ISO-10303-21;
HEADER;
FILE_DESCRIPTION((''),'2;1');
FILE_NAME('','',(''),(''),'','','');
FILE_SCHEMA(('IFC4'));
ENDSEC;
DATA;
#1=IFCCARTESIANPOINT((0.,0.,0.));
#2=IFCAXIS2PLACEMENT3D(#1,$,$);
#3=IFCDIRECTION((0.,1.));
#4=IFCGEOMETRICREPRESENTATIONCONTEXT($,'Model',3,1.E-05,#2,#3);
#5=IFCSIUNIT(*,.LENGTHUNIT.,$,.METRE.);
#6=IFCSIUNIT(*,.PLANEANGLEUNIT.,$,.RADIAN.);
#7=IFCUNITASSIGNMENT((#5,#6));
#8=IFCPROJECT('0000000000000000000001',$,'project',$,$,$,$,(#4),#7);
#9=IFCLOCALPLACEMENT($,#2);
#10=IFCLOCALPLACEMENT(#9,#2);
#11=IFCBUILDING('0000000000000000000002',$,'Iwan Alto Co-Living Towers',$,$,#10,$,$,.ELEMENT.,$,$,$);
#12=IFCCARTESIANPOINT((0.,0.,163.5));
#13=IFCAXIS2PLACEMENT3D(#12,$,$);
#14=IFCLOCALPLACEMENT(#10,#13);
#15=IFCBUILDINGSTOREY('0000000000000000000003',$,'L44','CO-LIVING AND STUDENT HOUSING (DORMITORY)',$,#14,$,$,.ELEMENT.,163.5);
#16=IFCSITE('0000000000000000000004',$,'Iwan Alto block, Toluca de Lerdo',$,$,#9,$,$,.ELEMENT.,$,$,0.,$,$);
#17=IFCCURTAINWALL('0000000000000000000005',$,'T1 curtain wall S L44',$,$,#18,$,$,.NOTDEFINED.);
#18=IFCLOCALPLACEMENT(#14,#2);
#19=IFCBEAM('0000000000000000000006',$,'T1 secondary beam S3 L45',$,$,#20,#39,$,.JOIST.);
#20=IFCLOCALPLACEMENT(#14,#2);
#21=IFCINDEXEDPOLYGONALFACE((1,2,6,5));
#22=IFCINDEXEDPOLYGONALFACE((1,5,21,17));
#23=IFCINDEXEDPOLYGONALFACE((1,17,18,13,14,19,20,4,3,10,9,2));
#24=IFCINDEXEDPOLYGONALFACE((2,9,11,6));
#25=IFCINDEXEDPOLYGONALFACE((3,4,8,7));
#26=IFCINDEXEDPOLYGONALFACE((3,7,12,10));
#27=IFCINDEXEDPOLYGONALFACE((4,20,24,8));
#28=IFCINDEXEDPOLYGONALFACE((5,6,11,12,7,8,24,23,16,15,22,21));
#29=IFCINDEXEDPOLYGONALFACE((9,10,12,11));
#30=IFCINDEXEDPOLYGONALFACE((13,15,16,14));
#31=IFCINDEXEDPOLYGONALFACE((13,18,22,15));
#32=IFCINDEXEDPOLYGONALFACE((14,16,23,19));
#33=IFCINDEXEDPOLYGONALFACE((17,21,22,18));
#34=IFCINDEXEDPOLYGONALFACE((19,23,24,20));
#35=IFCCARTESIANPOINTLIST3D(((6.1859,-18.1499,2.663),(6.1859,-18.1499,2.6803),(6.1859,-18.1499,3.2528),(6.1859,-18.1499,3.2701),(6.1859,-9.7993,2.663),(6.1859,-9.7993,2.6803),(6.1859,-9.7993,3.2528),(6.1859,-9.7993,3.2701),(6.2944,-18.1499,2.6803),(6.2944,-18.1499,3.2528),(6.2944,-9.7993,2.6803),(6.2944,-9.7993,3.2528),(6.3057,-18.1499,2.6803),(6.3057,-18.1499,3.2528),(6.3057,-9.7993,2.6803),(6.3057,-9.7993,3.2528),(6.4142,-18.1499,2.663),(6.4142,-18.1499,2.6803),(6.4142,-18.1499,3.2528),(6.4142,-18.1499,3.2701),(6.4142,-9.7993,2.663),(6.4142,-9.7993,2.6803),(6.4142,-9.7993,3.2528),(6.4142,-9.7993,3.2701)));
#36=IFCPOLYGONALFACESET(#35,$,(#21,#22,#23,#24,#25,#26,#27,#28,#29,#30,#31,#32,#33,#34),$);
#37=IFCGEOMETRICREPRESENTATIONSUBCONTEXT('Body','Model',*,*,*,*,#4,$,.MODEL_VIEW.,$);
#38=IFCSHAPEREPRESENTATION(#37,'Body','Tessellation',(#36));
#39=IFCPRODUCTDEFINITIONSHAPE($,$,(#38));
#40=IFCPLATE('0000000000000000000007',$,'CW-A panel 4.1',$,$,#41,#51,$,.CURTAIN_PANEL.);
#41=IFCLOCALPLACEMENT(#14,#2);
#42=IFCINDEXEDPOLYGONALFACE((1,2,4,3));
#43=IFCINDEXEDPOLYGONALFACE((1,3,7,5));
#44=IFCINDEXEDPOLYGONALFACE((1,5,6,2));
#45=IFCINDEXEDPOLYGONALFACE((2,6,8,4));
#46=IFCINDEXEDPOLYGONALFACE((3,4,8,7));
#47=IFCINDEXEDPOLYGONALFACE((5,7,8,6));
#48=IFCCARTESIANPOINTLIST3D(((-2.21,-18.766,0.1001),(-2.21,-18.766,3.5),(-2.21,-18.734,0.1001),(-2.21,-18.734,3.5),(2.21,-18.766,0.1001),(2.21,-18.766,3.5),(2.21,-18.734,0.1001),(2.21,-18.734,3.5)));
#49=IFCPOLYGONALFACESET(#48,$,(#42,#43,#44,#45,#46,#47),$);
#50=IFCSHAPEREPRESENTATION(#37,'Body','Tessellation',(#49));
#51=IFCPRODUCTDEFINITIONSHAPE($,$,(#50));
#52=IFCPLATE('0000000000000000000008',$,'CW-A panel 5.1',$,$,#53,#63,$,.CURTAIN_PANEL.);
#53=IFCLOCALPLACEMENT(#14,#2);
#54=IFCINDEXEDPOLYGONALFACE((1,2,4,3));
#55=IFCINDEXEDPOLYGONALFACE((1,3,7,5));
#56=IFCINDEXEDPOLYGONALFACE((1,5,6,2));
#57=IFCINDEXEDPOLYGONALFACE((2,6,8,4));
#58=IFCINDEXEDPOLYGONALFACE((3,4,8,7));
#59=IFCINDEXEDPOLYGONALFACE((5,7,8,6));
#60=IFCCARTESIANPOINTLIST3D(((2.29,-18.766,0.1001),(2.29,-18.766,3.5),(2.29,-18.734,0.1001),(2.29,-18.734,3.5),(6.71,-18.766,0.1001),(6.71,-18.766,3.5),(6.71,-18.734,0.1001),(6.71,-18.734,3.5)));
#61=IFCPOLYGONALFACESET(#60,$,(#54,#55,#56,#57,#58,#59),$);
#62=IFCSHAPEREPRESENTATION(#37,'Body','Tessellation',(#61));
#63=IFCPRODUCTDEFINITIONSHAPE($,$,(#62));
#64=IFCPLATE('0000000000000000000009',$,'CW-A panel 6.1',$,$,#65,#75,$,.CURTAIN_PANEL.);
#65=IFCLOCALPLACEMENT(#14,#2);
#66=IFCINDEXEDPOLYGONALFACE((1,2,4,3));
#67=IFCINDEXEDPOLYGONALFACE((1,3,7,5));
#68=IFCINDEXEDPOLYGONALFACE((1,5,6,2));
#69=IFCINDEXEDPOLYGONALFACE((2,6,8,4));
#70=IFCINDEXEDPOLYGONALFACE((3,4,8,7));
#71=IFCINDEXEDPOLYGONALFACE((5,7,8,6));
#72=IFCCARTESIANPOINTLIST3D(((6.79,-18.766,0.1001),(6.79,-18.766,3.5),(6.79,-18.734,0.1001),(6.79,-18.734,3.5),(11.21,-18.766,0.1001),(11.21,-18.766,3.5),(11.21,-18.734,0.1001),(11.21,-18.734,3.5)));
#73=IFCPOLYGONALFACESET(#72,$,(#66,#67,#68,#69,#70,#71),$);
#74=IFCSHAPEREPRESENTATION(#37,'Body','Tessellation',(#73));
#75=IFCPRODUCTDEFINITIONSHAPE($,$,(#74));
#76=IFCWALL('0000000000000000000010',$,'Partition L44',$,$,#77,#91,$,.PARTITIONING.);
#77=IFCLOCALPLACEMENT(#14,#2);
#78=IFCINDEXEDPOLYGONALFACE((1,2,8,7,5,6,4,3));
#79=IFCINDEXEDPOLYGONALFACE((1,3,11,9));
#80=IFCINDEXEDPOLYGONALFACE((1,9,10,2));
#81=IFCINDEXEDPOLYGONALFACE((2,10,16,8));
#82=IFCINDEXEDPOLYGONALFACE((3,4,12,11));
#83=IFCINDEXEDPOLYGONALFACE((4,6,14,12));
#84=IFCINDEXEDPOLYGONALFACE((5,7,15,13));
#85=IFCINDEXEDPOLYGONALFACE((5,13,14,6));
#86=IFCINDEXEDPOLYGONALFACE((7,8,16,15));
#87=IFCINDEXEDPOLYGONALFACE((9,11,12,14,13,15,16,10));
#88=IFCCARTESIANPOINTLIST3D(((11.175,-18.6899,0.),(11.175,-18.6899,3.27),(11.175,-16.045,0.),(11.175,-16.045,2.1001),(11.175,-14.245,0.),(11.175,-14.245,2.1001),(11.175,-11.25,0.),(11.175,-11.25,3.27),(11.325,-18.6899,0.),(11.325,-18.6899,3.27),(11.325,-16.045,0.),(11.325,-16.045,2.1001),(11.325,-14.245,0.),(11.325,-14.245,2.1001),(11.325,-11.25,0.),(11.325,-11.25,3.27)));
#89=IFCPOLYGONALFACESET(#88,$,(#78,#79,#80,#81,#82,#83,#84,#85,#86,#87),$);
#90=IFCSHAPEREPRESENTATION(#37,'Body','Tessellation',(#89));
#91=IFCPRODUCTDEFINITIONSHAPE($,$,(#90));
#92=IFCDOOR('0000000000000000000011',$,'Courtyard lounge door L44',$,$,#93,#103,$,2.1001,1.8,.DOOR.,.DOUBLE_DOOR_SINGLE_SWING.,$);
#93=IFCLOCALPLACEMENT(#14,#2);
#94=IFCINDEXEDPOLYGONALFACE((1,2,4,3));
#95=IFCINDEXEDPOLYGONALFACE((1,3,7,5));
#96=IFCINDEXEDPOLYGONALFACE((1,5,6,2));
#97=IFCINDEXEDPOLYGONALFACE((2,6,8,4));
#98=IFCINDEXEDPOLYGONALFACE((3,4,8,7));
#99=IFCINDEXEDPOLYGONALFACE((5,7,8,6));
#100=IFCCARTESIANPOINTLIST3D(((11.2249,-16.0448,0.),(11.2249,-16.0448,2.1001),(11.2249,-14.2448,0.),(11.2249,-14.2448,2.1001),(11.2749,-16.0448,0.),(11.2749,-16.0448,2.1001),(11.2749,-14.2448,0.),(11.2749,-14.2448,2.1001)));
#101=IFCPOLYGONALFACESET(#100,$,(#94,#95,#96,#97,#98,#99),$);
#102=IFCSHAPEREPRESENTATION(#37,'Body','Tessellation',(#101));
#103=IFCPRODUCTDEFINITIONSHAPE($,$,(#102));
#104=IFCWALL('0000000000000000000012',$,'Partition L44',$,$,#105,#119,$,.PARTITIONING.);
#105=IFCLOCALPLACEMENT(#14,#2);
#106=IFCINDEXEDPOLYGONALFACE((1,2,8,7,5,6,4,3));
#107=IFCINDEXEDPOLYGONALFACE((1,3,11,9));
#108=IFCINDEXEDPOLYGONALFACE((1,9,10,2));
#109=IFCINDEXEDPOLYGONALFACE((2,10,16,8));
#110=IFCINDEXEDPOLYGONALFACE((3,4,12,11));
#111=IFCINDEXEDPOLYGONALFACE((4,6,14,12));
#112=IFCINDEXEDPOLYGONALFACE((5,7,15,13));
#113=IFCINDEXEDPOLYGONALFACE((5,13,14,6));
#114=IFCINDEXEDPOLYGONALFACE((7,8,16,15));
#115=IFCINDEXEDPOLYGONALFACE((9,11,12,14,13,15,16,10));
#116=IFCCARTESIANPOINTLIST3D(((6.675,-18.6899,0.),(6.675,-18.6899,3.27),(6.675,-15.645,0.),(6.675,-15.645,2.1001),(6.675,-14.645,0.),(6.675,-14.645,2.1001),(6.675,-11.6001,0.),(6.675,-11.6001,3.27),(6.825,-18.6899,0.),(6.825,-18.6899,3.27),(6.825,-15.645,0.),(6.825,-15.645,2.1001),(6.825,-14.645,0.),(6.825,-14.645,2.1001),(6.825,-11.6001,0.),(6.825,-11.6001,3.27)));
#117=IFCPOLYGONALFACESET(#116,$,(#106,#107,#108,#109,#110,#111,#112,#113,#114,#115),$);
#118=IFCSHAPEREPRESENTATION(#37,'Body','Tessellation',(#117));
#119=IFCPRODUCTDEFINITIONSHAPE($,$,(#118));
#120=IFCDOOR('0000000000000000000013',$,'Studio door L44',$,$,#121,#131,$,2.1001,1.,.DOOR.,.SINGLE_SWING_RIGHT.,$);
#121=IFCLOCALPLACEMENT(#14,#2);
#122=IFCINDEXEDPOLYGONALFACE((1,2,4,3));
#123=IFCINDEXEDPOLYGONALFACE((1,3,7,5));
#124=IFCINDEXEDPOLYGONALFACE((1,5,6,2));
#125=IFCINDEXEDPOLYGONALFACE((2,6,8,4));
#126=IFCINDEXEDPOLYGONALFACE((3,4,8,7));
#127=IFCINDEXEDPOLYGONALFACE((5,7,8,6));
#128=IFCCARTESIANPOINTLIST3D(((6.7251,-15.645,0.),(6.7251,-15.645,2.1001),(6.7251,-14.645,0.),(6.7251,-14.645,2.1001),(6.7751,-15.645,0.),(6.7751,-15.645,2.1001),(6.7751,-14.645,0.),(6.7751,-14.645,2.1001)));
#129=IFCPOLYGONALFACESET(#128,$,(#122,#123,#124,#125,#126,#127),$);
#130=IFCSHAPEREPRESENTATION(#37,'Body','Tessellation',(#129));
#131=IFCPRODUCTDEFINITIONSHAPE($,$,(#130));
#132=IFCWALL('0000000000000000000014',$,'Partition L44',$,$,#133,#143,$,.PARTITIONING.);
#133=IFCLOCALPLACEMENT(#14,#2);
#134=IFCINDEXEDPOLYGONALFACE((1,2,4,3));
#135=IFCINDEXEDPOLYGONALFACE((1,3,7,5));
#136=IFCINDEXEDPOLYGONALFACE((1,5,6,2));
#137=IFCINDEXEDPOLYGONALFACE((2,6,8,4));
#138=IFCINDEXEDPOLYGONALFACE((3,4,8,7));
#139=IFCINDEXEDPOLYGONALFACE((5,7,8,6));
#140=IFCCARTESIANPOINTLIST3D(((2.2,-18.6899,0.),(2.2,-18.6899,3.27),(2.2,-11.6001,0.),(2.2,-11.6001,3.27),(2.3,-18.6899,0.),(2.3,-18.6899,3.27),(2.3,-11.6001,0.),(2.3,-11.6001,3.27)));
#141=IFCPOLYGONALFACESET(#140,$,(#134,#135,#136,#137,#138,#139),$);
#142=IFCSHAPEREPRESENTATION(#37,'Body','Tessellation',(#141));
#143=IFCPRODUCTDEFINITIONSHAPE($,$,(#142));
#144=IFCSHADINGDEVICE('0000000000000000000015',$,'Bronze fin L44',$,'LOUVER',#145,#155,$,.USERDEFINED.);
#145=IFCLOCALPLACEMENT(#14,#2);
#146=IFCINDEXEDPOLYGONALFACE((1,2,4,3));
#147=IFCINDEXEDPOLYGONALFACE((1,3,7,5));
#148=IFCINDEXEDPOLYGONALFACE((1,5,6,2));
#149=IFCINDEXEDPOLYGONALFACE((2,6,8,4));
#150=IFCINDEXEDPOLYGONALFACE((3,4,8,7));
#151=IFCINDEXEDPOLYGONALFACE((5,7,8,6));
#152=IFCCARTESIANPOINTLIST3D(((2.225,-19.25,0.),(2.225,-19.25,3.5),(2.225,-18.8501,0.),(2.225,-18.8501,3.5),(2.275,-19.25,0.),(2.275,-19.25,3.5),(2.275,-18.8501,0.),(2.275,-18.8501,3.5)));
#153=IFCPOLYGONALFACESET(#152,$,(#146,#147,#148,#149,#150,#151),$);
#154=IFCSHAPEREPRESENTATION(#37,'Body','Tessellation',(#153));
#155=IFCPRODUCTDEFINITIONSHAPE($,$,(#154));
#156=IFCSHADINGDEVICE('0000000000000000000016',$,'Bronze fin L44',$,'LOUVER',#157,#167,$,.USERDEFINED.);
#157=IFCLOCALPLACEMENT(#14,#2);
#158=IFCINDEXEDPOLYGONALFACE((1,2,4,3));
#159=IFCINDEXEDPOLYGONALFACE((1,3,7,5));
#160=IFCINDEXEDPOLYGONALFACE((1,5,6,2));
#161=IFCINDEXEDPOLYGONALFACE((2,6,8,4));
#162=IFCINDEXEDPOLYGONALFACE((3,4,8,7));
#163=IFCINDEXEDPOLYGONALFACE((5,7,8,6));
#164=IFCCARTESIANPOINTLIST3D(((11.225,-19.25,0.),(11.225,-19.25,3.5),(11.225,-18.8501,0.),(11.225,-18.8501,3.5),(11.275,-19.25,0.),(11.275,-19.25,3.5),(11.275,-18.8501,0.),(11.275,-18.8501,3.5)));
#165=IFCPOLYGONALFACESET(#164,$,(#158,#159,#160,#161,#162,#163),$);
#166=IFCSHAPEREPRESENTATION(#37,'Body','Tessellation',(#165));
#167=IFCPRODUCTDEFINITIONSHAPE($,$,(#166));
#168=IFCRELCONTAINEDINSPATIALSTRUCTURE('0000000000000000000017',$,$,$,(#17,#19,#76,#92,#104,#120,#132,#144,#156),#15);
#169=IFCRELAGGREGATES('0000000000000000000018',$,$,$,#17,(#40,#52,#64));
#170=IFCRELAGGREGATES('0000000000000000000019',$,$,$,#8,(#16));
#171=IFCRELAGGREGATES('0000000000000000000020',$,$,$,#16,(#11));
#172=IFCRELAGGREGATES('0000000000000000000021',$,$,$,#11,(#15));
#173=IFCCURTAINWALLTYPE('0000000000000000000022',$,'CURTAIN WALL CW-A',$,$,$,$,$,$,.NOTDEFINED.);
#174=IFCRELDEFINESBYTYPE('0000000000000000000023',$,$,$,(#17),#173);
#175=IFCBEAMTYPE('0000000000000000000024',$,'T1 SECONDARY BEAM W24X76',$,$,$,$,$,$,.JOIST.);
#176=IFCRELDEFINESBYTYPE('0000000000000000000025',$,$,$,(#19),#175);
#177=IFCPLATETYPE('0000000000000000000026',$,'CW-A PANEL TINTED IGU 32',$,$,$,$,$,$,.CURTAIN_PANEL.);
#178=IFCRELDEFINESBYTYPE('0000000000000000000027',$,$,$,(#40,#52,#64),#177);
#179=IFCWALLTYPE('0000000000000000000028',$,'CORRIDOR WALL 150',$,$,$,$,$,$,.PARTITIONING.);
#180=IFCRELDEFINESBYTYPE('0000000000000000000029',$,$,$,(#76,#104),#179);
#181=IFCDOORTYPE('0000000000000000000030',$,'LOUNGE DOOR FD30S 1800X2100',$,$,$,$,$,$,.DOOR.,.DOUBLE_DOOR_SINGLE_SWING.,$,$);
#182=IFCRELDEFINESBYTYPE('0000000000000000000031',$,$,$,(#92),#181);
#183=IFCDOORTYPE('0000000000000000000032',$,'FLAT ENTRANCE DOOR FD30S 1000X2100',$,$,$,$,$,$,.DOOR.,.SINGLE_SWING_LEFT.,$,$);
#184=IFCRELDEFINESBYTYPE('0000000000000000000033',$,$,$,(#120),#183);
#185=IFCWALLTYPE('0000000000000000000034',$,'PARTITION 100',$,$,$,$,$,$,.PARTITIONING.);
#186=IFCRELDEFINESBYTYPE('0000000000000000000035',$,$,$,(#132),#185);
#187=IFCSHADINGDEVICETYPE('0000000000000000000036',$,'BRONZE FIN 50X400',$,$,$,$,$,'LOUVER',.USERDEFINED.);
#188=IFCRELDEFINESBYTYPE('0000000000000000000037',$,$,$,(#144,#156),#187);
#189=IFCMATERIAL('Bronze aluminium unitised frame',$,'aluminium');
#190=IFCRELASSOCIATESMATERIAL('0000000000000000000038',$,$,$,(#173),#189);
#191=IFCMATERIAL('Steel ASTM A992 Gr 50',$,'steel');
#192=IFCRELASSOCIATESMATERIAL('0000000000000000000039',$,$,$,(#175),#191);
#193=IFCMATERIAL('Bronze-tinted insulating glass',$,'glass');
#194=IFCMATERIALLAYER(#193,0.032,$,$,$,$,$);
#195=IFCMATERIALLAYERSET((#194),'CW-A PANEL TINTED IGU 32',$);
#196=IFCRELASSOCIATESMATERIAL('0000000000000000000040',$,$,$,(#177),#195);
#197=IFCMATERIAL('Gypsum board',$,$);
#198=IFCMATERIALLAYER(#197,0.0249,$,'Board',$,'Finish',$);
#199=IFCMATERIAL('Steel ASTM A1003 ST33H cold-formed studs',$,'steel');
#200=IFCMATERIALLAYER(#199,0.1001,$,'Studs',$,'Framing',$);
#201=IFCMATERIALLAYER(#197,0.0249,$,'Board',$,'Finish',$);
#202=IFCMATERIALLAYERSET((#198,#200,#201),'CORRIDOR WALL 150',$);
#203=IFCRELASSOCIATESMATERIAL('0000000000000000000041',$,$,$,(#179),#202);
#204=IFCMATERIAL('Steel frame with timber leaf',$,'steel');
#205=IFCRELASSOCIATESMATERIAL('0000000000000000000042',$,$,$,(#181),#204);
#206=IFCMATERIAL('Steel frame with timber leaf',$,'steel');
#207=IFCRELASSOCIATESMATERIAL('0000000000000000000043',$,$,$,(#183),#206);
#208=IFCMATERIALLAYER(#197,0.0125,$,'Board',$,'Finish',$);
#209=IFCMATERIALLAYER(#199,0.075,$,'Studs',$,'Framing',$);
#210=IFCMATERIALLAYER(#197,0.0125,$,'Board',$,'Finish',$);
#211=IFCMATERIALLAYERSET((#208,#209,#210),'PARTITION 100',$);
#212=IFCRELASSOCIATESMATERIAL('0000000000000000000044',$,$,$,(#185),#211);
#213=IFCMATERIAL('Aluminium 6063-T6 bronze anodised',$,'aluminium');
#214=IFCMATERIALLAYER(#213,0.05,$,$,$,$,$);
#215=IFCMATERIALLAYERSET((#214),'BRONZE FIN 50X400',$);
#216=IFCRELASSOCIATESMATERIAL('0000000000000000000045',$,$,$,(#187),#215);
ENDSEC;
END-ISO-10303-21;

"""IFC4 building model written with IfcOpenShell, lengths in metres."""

from ifc_helpers import new_model, si_unit, direction, frame, frame_2d, origin, origin_2d, place, context, subcontext, project, spatial, rectangle, i_section, extrude, material, layer, layer_set, material_profile, profile_set, type_object, element, fill, aggregate, save


model = new_model("IFC4")

# Units and contexts
model_context = context("Model", 3, precision=1e-05, world=origin(), true_north=direction((0.0, 1.0)))
body_context = subcontext(model_context, "Body", "Model", "MODEL_VIEW")
ifc_project = project(units=[si_unit("LENGTHUNIT", "METRE"), si_unit("PLANEANGLEUNIT", "RADIAN")], contexts=[model_context])

# Site, building, storey
site_placement = place(None, origin())
site = spatial("IfcSite", under=ifc_project, at=site_placement, Name="Iwan Alto block, Toluca de Lerdo", CompositionType="ELEMENT", RefElevation=0.0)
building_placement = place(site_placement, origin())
building = spatial("IfcBuilding", under=site, at=building_placement, Name="Iwan Alto Co-Living Towers", CompositionType="ELEMENT")
storey_placement = place(building_placement, frame((0.0, 0.0, 163.5)))
storey = spatial("IfcBuildingStorey", under=building, at=storey_placement, Name="L44", Description="CO-LIVING AND STUDENT HOUSING (DORMITORY)", CompositionType="ELEMENT", Elevation=163.5)

# Curtain wall
ifc_material_1 = material(Name="Bronze aluminium unitised frame", Category="aluminium")
curtain_wall_type = type_object("IfcCurtainWallType", Name="CURTAIN WALL CW-A", PredefinedType="NOTDEFINED", material=ifc_material_1)
curtain_wall_placement = place(storey_placement, origin())
curtain_wall = element("IfcCurtainWall", 1, at=curtain_wall_placement, inside=storey, type_object=curtain_wall_type, Name="T1 curtain wall S L44", PredefinedType="NOTDEFINED")

# Beam
ifc_material_2 = material(Name="Steel ASTM A992 Gr 50", Category="steel")
ifc_material_profile_1 = material_profile(ifc_material_2, i_section(OverallWidth=0.2283, OverallDepth=0.6072, WebThickness=0.0112, FlangeThickness=0.0173, at=origin_2d()), Name="W24X76")
ifc_profile_set_1 = profile_set([ifc_material_profile_1], Name="Steel ASTM A992 Gr 50")
beam_type_1 = type_object("IfcBeamType", Name="T1 SECONDARY BEAM W24X76", PredefinedType="JOIST", material=ifc_profile_set_1)
for number, where, z_axis, x_axis, name in (
    (2, (6.3, -18.1499, 2.9666), (0.0, 1.0, 0.0), (-1.0, 0.0, 0.0), "T1 secondary beam S3 L45"),
):
    element("IfcBeam", number, at=place(storey_placement, frame(where, z_axis=z_axis, x_axis=x_axis)), inside=storey, type_object=beam_type_1, Name=name, PredefinedType="JOIST", context=body_context, shape_type="SweptSolid", body=[
        extrude(i_section(OverallWidth=0.2283, OverallDepth=0.6072, WebThickness=0.0112, FlangeThickness=0.0173, at=origin_2d()), origin(), (0.0, 0.0, 1.0), 8.3506),
    ])

# Plates
ifc_material_3 = material(Name="Bronze-tinted insulating glass", Category="glass")
ifc_layer_1 = layer(ifc_material_3, 0.032)
ifc_layer_set_1 = layer_set([ifc_layer_1], Name="CW-A PANEL TINTED IGU 32")
plate_type = type_object("IfcPlateType", Name="CW-A PANEL TINTED IGU 32", PredefinedType="CURTAIN_PANEL", material=ifc_layer_set_1)
plate_1_placement = place(storey_placement, frame((0.0, -18.75, 0.1001), z_axis=(0.0, 0.0, 1.0), x_axis=(1.0, 0.0, 0.0)))
plate_1 = element("IfcPlate", 3, at=plate_1_placement, type_object=plate_type, Name="CW-A panel 4.1", PredefinedType="CURTAIN_PANEL", context=body_context, shape_type="SweptSolid", body=[
    extrude(rectangle(XDim=4.4199, YDim=0.032, at=origin_2d()), origin(), (0.0, 0.0, 1.0), 3.3999),
])
plate_2_placement = place(storey_placement, frame((4.5, -18.75, 0.1001), z_axis=(0.0, 0.0, 1.0), x_axis=(1.0, 0.0, 0.0)))
plate_2 = element("IfcPlate", 4, at=plate_2_placement, type_object=plate_type, Name="CW-A panel 5.1", PredefinedType="CURTAIN_PANEL", context=body_context, shape_type="SweptSolid", body=[
    extrude(rectangle(XDim=4.4199, YDim=0.032, at=origin_2d()), origin(), (0.0, 0.0, 1.0), 3.3999),
])
plate_3_placement = place(storey_placement, frame((9.0, -18.75, 0.1001), z_axis=(0.0, 0.0, 1.0), x_axis=(1.0, 0.0, 0.0)))
plate_3 = element("IfcPlate", 5, at=plate_3_placement, type_object=plate_type, Name="CW-A panel 6.1", PredefinedType="CURTAIN_PANEL", context=body_context, shape_type="SweptSolid", body=[
    extrude(rectangle(XDim=4.4199, YDim=0.032, at=origin_2d()), origin(), (0.0, 0.0, 1.0), 3.3999),
])
aggregate(curtain_wall, [plate_1, plate_2, plate_3])

# Walls, openings, doors
ifc_material_4 = material(Name="Gypsum board")
ifc_layer_2 = layer(ifc_material_4, 0.0249, Name="Board", Category="Finish")
ifc_material_5 = material(Name="Steel ASTM A1003 ST33H cold-formed studs", Category="steel")
ifc_layer_3 = layer(ifc_material_5, 0.1001, Name="Studs", Category="Framing")
ifc_layer_4 = layer(ifc_material_4, 0.0249, Name="Board", Category="Finish")
ifc_layer_set_2 = layer_set([ifc_layer_2, ifc_layer_3, ifc_layer_4], Name="CORRIDOR WALL 150")
wall_type_1 = type_object("IfcWallType", Name="CORRIDOR WALL 150", PredefinedType="PARTITIONING", material=ifc_layer_set_2)
wall_1_placement = place(storey_placement, frame((11.25, -18.6899, 0.0), z_axis=(0.0, 0.0, 1.0), x_axis=(0.0, 1.0, 0.0)))
wall_1 = element("IfcWall", 6, at=wall_1_placement, inside=storey, type_object=wall_type_1, Name="Partition L44", PredefinedType="PARTITIONING", context=body_context, shape_type="SweptSolid", body=[
    extrude(rectangle(XDim=7.4399, YDim=0.1499, at=frame_2d((3.72, 0.0))), origin(), (0.0, 0.0, 1.0), 3.27),
])
opening_1_placement = place(wall_1_placement, frame((2.645, 0.0, 0.0)))
opening_1 = element("IfcOpeningElement", 7, at=opening_1_placement, cuts=wall_1, PredefinedType="OPENING", context=body_context, shape_type="SweptSolid", body=[
    extrude(rectangle(XDim=1.8, YDim=2.1001, at=frame_2d((0.8999, 1.05))), frame((0.0, 0.085, 0.0), z_axis=(0.0, -1.0, 0.0), x_axis=(1.0, 0.0, 0.0)), (0.0, 0.0, 1.0), 0.1699),
])
ifc_material_6 = material(Name="Steel frame with timber leaf", Category="steel")
door_type_1 = type_object("IfcDoorType", Name="LOUNGE DOOR FD30S 1800X2100", OperationType="DOUBLE_DOOR_SINGLE_SWING", PredefinedType="DOOR", material=ifc_material_6)
door_1_placement = place(opening_1_placement, frame((1.8, 0.0, 0.0), z_axis=(0.0, 0.0, 1.0), x_axis=(-1.0, 0.0, 0.0)))
door_1 = element("IfcDoor", 8, at=door_1_placement, inside=storey, type_object=door_type_1, Name="Courtyard lounge door L44", OperationType="DOUBLE_DOOR_SINGLE_SWING", OverallHeight=2.1001, OverallWidth=1.8, PredefinedType="DOOR", context=body_context, shape_type="SweptSolid", body=[
    extrude(rectangle(XDim=1.8, YDim=2.1001, at=frame_2d((0.8999, 1.05))), frame((0.0, 0.0249, 0.0), z_axis=(0.0, -1.0, 0.0), x_axis=(1.0, 0.0, 0.0)), (0.0, 0.0, 1.0), 0.05),
])
fill(opening_1, door_1)
wall_2_placement = place(storey_placement, frame((6.75, -18.6899, 0.0), z_axis=(0.0, 0.0, 1.0), x_axis=(0.0, 1.0, 0.0)))
wall_2 = element("IfcWall", 9, at=wall_2_placement, inside=storey, type_object=wall_type_1, Name="Partition L44", PredefinedType="PARTITIONING", context=body_context, shape_type="SweptSolid", body=[
    extrude(rectangle(XDim=7.0898, YDim=0.1499, at=frame_2d((3.5449, 0.0))), origin(), (0.0, 0.0, 1.0), 3.27),
])
opening_2_placement = place(wall_2_placement, frame((3.0449, 0.0, 0.0)))
opening_2 = element("IfcOpeningElement", 10, at=opening_2_placement, cuts=wall_2, PredefinedType="OPENING", context=body_context, shape_type="SweptSolid", body=[
    extrude(rectangle(XDim=1.0, YDim=2.1001, at=frame_2d((0.5, 1.05))), frame((0.0, 0.085, 0.0), z_axis=(0.0, -1.0, 0.0), x_axis=(1.0, 0.0, 0.0)), (0.0, 0.0, 1.0), 0.1699),
])
ifc_material_7 = material(Name="Steel frame with timber leaf", Category="steel")
door_type_2 = type_object("IfcDoorType", Name="FLAT ENTRANCE DOOR FD30S 1000X2100", OperationType="SINGLE_SWING_LEFT", PredefinedType="DOOR", material=ifc_material_7)
door_2_placement = place(opening_2_placement, origin())
door_2 = element("IfcDoor", 11, at=door_2_placement, inside=storey, type_object=door_type_2, Name="Studio door L44", OperationType="SINGLE_SWING_RIGHT", OverallHeight=2.1001, OverallWidth=1.0, PredefinedType="DOOR", context=body_context, shape_type="SweptSolid", body=[
    extrude(rectangle(XDim=1.0, YDim=2.1001, at=frame_2d((0.5, 1.05))), frame((0.0, 0.0249, 0.0), z_axis=(0.0, -1.0, 0.0), x_axis=(1.0, 0.0, 0.0)), (0.0, 0.0, 1.0), 0.05),
])
fill(opening_2, door_2)

# Wall
ifc_layer_5 = layer(ifc_material_4, 0.0125, Name="Board", Category="Finish")
ifc_layer_6 = layer(ifc_material_5, 0.075, Name="Studs", Category="Framing")
ifc_layer_7 = layer(ifc_material_4, 0.0125, Name="Board", Category="Finish")
ifc_layer_set_3 = layer_set([ifc_layer_5, ifc_layer_6, ifc_layer_7], Name="PARTITION 100")
wall_type_2 = type_object("IfcWallType", Name="PARTITION 100", PredefinedType="PARTITIONING", material=ifc_layer_set_3)
wall_3_placement = place(storey_placement, frame((2.25, -18.6899, 0.0), z_axis=(0.0, 0.0, 1.0), x_axis=(0.0, 1.0, 0.0)))
element("IfcWall", 12, at=wall_3_placement, inside=storey, type_object=wall_type_2, Name="Partition L44", PredefinedType="PARTITIONING", context=body_context, shape_type="SweptSolid", body=[
    extrude(rectangle(XDim=7.0898, YDim=0.1001, at=frame_2d((3.5449, 0.0))), origin(), (0.0, 0.0, 1.0), 3.27),
])

# Shading devices
ifc_material_8 = material(Name="Aluminium 6063-T6 bronze anodised", Category="aluminium")
ifc_layer_8 = layer(ifc_material_8, 0.05)
ifc_layer_set_4 = layer_set([ifc_layer_8], Name="BRONZE FIN 50X400")
shading_device_type = type_object("IfcShadingDeviceType", Name="BRONZE FIN 50X400", ElementType="LOUVER", PredefinedType="USERDEFINED", material=ifc_layer_set_4)
for number, where, z_axis, x_axis, name in (
    (13, (2.25, -19.05, 0.0), (0.0, 0.0, 1.0), (1.0, 0.0, 0.0), "Bronze fin L44"),
    (14, (11.25, -19.05, 0.0), (0.0, 0.0, 1.0), (1.0, 0.0, 0.0), "Bronze fin L44"),
):
    element("IfcShadingDevice", number, at=place(storey_placement, frame(where, z_axis=z_axis, x_axis=x_axis)), inside=storey, type_object=shading_device_type, Name=name, ObjectType="LOUVER", PredefinedType="USERDEFINED", context=body_context, shape_type="SweptSolid", body=[
        extrude(rectangle(XDim=0.05, YDim=0.3999, at=origin_2d()), origin(), (0.0, 0.0, 1.0), 3.5),
    ])

save(model, "model.ifc")
